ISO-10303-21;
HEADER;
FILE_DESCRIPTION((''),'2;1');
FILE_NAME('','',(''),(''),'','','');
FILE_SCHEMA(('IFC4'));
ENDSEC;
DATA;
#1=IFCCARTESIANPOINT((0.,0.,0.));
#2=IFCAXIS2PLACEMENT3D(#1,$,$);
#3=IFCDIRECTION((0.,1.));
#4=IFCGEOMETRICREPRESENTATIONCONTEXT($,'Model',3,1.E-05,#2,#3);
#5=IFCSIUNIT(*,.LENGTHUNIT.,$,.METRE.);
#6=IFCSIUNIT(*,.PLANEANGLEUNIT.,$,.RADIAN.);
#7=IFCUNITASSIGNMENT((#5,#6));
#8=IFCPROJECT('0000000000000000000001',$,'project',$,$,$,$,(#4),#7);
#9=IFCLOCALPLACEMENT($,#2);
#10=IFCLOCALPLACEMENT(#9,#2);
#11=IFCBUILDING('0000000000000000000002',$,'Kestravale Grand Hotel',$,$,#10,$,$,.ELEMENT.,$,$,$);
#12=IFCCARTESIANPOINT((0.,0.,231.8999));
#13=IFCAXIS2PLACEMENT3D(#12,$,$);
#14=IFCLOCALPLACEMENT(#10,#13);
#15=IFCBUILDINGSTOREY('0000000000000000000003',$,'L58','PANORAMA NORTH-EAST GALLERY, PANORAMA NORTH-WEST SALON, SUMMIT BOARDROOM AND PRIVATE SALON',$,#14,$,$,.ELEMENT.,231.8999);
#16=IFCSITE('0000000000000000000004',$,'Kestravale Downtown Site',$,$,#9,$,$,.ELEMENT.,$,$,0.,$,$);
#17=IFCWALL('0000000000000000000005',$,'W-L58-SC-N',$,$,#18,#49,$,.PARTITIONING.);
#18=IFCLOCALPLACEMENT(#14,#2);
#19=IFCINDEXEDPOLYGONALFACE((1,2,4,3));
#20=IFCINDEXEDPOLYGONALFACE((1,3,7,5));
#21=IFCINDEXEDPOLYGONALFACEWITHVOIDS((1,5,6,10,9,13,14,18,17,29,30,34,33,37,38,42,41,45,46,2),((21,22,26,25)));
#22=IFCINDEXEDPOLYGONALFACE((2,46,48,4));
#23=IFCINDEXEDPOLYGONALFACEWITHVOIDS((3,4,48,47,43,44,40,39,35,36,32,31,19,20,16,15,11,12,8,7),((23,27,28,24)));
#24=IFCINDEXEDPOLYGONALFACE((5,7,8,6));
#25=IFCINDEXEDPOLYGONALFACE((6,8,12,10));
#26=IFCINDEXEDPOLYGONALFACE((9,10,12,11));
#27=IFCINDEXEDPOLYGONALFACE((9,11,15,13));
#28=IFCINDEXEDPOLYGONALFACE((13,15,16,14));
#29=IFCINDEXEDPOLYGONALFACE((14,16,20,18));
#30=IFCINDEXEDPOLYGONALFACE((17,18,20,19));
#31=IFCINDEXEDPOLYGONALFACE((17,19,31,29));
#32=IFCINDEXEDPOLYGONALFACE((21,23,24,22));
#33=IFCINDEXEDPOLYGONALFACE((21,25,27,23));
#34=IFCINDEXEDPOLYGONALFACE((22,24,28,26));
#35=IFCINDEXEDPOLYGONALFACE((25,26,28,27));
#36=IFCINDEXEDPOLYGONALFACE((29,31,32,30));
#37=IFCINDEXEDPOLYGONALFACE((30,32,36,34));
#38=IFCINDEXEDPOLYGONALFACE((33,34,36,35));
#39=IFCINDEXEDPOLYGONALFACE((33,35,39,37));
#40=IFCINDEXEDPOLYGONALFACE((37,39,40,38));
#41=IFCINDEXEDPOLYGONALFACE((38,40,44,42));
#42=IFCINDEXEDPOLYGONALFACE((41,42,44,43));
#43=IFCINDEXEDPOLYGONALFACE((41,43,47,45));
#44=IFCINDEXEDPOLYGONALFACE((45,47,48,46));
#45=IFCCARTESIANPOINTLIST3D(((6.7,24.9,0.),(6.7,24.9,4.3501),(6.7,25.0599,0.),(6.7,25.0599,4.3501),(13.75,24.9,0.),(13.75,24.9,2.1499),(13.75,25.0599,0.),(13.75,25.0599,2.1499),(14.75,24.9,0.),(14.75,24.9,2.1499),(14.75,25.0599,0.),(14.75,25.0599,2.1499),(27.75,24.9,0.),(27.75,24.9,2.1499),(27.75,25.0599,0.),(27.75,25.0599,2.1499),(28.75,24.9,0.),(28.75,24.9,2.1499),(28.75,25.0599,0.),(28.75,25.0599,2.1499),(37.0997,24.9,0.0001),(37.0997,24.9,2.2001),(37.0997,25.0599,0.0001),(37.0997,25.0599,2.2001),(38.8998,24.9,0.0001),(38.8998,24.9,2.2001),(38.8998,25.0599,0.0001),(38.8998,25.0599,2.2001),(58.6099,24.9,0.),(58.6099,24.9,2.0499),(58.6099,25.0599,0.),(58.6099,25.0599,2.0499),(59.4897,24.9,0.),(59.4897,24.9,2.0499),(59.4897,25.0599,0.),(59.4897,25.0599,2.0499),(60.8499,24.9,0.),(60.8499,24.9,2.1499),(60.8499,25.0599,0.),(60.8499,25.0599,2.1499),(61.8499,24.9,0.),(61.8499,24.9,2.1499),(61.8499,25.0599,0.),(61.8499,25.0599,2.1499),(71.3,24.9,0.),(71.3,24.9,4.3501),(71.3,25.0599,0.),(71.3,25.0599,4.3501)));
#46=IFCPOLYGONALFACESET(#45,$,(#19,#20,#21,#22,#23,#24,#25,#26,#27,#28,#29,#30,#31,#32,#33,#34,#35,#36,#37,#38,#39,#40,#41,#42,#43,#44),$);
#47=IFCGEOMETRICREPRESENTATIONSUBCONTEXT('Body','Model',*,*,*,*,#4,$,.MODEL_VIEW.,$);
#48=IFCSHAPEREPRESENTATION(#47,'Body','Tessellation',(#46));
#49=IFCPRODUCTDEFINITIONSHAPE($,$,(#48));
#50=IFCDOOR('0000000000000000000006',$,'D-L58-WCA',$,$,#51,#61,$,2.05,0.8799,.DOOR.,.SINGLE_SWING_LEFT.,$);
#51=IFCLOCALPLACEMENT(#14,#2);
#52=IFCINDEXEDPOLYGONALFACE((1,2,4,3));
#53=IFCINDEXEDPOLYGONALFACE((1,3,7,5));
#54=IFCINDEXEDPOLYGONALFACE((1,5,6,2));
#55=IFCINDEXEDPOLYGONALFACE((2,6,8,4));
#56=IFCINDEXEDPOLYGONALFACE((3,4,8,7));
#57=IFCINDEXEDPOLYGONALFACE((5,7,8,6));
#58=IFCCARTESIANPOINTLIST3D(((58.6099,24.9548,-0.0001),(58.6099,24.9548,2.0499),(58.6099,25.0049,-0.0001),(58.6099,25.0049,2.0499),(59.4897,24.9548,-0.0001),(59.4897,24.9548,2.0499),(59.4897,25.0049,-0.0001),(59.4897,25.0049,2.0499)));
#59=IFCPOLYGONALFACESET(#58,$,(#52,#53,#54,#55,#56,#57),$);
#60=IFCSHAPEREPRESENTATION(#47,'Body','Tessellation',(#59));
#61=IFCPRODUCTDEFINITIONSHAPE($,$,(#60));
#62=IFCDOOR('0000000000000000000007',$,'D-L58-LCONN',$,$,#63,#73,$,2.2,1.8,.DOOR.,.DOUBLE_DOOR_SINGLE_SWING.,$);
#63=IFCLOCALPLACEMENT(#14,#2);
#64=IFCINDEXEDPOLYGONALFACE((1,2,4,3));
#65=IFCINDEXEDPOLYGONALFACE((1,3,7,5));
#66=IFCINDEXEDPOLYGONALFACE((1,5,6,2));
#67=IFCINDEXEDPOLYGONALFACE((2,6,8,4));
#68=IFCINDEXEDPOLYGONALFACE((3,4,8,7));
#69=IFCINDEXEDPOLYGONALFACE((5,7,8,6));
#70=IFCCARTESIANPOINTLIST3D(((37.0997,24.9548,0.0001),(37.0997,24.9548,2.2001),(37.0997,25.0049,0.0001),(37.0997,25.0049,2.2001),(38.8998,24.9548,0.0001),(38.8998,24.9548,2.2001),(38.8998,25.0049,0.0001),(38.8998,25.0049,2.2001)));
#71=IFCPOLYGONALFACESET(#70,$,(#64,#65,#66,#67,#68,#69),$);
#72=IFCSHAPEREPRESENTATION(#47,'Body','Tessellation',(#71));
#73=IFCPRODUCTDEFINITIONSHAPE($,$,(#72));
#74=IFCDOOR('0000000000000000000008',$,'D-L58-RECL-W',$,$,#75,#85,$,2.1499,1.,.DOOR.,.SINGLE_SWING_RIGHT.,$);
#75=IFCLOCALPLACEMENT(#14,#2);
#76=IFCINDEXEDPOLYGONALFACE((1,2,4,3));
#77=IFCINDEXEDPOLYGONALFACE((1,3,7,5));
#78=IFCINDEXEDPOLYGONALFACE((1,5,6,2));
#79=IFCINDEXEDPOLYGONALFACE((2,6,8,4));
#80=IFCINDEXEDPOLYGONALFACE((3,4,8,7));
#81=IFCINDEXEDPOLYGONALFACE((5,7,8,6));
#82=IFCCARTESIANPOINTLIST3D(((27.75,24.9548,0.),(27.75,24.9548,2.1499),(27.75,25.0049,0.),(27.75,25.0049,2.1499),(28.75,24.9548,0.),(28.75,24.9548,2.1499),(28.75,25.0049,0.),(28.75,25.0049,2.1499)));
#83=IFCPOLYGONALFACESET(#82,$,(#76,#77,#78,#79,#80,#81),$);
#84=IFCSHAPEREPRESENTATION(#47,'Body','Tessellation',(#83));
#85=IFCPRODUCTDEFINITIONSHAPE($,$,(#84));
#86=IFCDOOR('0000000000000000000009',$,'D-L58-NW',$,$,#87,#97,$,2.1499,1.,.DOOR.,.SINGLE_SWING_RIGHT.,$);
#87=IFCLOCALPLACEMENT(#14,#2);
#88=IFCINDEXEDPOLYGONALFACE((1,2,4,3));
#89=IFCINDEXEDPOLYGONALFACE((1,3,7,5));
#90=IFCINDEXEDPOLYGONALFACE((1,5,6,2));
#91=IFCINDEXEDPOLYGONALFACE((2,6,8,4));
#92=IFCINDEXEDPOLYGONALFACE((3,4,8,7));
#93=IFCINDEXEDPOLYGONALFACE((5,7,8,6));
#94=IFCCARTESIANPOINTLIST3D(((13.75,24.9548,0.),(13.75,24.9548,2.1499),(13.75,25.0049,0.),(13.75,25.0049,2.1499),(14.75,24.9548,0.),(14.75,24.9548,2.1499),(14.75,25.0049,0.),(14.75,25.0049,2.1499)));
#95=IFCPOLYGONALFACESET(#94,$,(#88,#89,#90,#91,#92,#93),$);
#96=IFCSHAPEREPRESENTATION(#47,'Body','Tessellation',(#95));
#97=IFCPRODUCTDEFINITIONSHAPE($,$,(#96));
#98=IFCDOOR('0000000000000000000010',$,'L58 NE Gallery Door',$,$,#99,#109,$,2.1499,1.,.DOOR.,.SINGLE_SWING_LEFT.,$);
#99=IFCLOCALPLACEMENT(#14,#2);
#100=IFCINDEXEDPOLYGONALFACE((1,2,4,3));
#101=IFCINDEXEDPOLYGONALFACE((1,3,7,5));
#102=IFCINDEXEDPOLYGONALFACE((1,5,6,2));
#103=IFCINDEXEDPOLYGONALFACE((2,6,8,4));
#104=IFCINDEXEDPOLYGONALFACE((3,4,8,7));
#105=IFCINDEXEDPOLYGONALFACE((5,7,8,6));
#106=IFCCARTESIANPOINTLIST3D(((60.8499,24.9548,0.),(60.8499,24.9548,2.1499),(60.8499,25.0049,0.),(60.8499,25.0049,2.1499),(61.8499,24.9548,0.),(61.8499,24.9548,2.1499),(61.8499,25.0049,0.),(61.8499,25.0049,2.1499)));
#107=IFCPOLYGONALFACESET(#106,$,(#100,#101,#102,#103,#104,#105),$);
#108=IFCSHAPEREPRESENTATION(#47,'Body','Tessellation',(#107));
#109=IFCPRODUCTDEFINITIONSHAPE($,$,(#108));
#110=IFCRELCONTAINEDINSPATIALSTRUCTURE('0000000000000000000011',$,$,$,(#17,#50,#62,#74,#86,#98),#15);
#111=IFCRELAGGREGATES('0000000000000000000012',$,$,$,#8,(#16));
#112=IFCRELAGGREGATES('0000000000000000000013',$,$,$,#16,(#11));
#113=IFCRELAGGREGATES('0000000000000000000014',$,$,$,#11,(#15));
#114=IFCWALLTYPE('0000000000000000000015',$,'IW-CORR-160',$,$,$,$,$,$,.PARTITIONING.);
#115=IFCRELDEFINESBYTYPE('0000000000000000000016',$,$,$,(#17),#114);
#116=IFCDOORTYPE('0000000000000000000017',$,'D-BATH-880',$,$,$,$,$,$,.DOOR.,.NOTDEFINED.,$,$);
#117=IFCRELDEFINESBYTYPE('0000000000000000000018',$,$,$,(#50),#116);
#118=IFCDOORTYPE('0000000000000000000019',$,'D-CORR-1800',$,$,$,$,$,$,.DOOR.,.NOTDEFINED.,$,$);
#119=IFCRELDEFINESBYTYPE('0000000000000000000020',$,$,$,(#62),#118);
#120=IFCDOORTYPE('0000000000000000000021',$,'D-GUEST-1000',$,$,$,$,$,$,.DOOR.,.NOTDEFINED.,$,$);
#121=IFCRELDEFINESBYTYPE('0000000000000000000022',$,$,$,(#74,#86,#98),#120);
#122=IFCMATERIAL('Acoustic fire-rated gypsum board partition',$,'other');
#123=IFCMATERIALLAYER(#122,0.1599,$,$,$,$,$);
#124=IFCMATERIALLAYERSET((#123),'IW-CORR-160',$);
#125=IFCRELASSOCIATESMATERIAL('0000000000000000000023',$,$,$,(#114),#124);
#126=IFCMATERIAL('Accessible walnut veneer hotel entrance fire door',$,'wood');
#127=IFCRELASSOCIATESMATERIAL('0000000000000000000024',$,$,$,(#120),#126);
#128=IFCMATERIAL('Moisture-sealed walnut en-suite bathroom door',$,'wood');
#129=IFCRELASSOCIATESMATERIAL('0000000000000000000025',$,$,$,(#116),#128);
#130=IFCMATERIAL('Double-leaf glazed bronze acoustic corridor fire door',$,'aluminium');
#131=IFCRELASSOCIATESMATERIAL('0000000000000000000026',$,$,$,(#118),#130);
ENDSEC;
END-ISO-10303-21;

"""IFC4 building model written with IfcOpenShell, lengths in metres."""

from ifc_helpers import new_model, si_unit, direction, frame, frame_2d, origin, place, context, subcontext, project, spatial, rectangle, extrude, material, layer, layer_set, type_object, element, fill, save


model = new_model("IFC4")

# Units and contexts
model_context = context("Model", 3, precision=1e-05, world=origin(), true_north=direction((0.0, 1.0)))
body_context = subcontext(model_context, "Body", "Model", "MODEL_VIEW")
ifc_project = project(units=[si_unit("LENGTHUNIT", "METRE"), si_unit("PLANEANGLEUNIT", "RADIAN")], contexts=[model_context])

# Site, building, storey
site_placement = place(None, origin())
site = spatial("IfcSite", under=ifc_project, at=site_placement, Name="Kestravale Downtown Site", CompositionType="ELEMENT", RefElevation=0.0)
building_placement = place(site_placement, origin())
building = spatial("IfcBuilding", under=site, at=building_placement, Name="Kestravale Grand Hotel", CompositionType="ELEMENT")
storey_placement = place(building_placement, frame((0.0, 0.0, 231.8999)))
storey = spatial("IfcBuildingStorey", under=building, at=storey_placement, Name="L58", Description="PANORAMA NORTH-EAST GALLERY, PANORAMA NORTH-WEST SALON, SUMMIT BOARDROOM AND PRIVATE SALON", CompositionType="ELEMENT", Elevation=231.8999)

# Wall, openings, doors
ifc_material_1 = material(Name="Acoustic fire-rated gypsum board partition", Category="other")
ifc_layer_1 = layer(ifc_material_1, 0.1599)
ifc_layer_set_1 = layer_set([ifc_layer_1], Name="IW-CORR-160")
wall_type_1 = type_object("IfcWallType", Name="IW-CORR-160", PredefinedType="PARTITIONING", material=ifc_layer_set_1)
ifc_material_2 = material(Name="Accessible walnut veneer hotel entrance fire door", Category="wood")
door_type_1 = type_object("IfcDoorType", Name="D-GUEST-1000", OperationType="NOTDEFINED", PredefinedType="DOOR", material=ifc_material_2)
wall_1_placement = place(storey_placement, frame((6.7, 24.98, 0.0), z_axis=(0.0, 0.0, 1.0), x_axis=(1.0, 0.0, 0.0)))
wall_1 = element("IfcWall", 1, at=wall_1_placement, inside=storey, type_object=wall_type_1, Name="W-L58-SC-N", PredefinedType="PARTITIONING", context=body_context, shape_type="SweptSolid", body=[
    extrude(rectangle(XDim=64.6001, YDim=0.1599, at=frame_2d((32.3, 0.0))), origin(), (0.0, 0.0, 1.0), 4.3501),
])
opening_1_placement = place(wall_1_placement, frame((30.3999, 0.0, 0.0)))
opening_1 = element("IfcOpeningElement", 2, at=opening_1_placement, cuts=wall_1, PredefinedType="OPENING", context=body_context, shape_type="SweptSolid", body=[
    extrude(rectangle(XDim=1.8, YDim=2.2, at=frame_2d((0.8999, 1.1001))), frame((0.0, 0.0898, 0.0), z_axis=(0.0, -1.0, 0.0), x_axis=(1.0, 0.0, 0.0)), (0.0, 0.0, 1.0), 0.1799),
])
opening_2_placement = place(wall_1_placement, frame((21.05, 0.0, 0.0)))
opening_2 = element("IfcOpeningElement", 3, at=opening_2_placement, cuts=wall_1, PredefinedType="OPENING", context=body_context, shape_type="SweptSolid", body=[
    extrude(rectangle(XDim=1.0, YDim=2.1499, at=frame_2d((0.5, 1.075))), frame((0.0, 0.0898, 0.0), z_axis=(0.0, -1.0, 0.0), x_axis=(1.0, 0.0, 0.0)), (0.0, 0.0, 1.0), 0.1799),
])
opening_3_placement = place(wall_1_placement, frame((7.05, 0.0, 0.0)))
opening_3 = element("IfcOpeningElement", 4, at=opening_3_placement, cuts=wall_1, PredefinedType="OPENING", context=body_context, shape_type="SweptSolid", body=[
    extrude(rectangle(XDim=1.0, YDim=2.1499, at=frame_2d((0.5, 1.075))), frame((0.0, 0.0898, 0.0), z_axis=(0.0, -1.0, 0.0), x_axis=(1.0, 0.0, 0.0)), (0.0, 0.0, 1.0), 0.1799),
])
opening_4_placement = place(wall_1_placement, frame((51.9099, 0.0, 0.0)))
opening_4 = element("IfcOpeningElement", 5, at=opening_4_placement, cuts=wall_1, PredefinedType="OPENING", context=body_context, shape_type="SweptSolid", body=[
    extrude(rectangle(XDim=0.8799, YDim=2.05, at=frame_2d((0.4399, 1.0249))), frame((0.0, 0.0898, 0.0), z_axis=(0.0, -1.0, 0.0), x_axis=(1.0, 0.0, 0.0)), (0.0, 0.0, 1.0), 0.1799),
])
opening_5_placement = place(wall_1_placement, frame((54.1499, 0.0, 0.0)))
opening_5 = element("IfcOpeningElement", 6, at=opening_5_placement, cuts=wall_1, PredefinedType="OPENING", context=body_context, shape_type="SweptSolid", body=[
    extrude(rectangle(XDim=1.0, YDim=2.1499, at=frame_2d((0.5, 1.075))), frame((0.0, 0.0898, 0.0), z_axis=(0.0, -1.0, 0.0), x_axis=(1.0, 0.0, 0.0)), (0.0, 0.0, 1.0), 0.1799),
])
ifc_material_3 = material(Name="Moisture-sealed walnut en-suite bathroom door", Category="wood")
door_type_2 = type_object("IfcDoorType", Name="D-BATH-880", OperationType="NOTDEFINED", PredefinedType="DOOR", material=ifc_material_3)
door_1_placement = place(opening_4_placement, origin())
door_1 = element("IfcDoor", 7, at=door_1_placement, inside=storey, type_object=door_type_2, Name="D-L58-WCA", OperationType="SINGLE_SWING_LEFT", OverallHeight=2.05, OverallWidth=0.8799, PredefinedType="DOOR", context=body_context, shape_type="SweptSolid", body=[
    extrude(rectangle(XDim=0.8799, YDim=2.05, at=frame_2d((0.4399, 1.0249))), frame((0.0, 0.0249, 0.0), z_axis=(0.0, -1.0, 0.0), x_axis=(1.0, 0.0, 0.0)), (0.0, 0.0, 1.0), 0.05),
])
fill(opening_4, door_1)
ifc_material_4 = material(Name="Double-leaf glazed bronze acoustic corridor fire door", Category="aluminium")
door_type_3 = type_object("IfcDoorType", Name="D-CORR-1800", OperationType="NOTDEFINED", PredefinedType="DOOR", material=ifc_material_4)
door_2_placement = place(opening_1_placement, origin())
door_2 = element("IfcDoor", 8, at=door_2_placement, inside=storey, type_object=door_type_3, Name="D-L58-LCONN", OperationType="DOUBLE_DOOR_SINGLE_SWING", OverallHeight=2.2, OverallWidth=1.8, PredefinedType="DOOR", context=body_context, shape_type="SweptSolid", body=[
    extrude(rectangle(XDim=1.8, YDim=2.2, at=frame_2d((0.8999, 1.1001))), frame((0.0, 0.0249, 0.0), z_axis=(0.0, -1.0, 0.0), x_axis=(1.0, 0.0, 0.0)), (0.0, 0.0, 1.0), 0.05),
])
fill(opening_1, door_2)
door_3_placement = place(opening_2_placement, origin())
door_3 = element("IfcDoor", 9, at=door_3_placement, inside=storey, type_object=door_type_1, Name="D-L58-RECL-W", OperationType="SINGLE_SWING_RIGHT", OverallHeight=2.1499, OverallWidth=1.0, PredefinedType="DOOR", context=body_context, shape_type="SweptSolid", body=[
    extrude(rectangle(XDim=1.0, YDim=2.1499, at=frame_2d((0.5, 1.075))), frame((0.0, 0.0249, 0.0), z_axis=(0.0, -1.0, 0.0), x_axis=(1.0, 0.0, 0.0)), (0.0, 0.0, 1.0), 0.05),
])
fill(opening_2, door_3)
door_4_placement = place(opening_3_placement, origin())
door_4 = element("IfcDoor", 10, at=door_4_placement, inside=storey, type_object=door_type_1, Name="D-L58-NW", OperationType="SINGLE_SWING_RIGHT", OverallHeight=2.1499, OverallWidth=1.0, PredefinedType="DOOR", context=body_context, shape_type="SweptSolid", body=[
    extrude(rectangle(XDim=1.0, YDim=2.1499, at=frame_2d((0.5, 1.075))), frame((0.0, 0.0249, 0.0), z_axis=(0.0, -1.0, 0.0), x_axis=(1.0, 0.0, 0.0)), (0.0, 0.0, 1.0), 0.05),
])
fill(opening_3, door_4)
door_5_placement = place(opening_5_placement, origin())
door_5 = element("IfcDoor", 11, at=door_5_placement, inside=storey, type_object=door_type_1, Name="L58 NE Gallery Door", OperationType="SINGLE_SWING_LEFT", OverallHeight=2.1499, OverallWidth=1.0, PredefinedType="DOOR", context=body_context, shape_type="SweptSolid", body=[
    extrude(rectangle(XDim=1.0, YDim=2.1499, at=frame_2d((0.5, 1.075))), frame((0.0, 0.0249, 0.0), z_axis=(0.0, -1.0, 0.0), x_axis=(1.0, 0.0, 0.0)), (0.0, 0.0, 1.0), 0.05),
])
fill(opening_5, door_5)

save(model, "model.ifc")
